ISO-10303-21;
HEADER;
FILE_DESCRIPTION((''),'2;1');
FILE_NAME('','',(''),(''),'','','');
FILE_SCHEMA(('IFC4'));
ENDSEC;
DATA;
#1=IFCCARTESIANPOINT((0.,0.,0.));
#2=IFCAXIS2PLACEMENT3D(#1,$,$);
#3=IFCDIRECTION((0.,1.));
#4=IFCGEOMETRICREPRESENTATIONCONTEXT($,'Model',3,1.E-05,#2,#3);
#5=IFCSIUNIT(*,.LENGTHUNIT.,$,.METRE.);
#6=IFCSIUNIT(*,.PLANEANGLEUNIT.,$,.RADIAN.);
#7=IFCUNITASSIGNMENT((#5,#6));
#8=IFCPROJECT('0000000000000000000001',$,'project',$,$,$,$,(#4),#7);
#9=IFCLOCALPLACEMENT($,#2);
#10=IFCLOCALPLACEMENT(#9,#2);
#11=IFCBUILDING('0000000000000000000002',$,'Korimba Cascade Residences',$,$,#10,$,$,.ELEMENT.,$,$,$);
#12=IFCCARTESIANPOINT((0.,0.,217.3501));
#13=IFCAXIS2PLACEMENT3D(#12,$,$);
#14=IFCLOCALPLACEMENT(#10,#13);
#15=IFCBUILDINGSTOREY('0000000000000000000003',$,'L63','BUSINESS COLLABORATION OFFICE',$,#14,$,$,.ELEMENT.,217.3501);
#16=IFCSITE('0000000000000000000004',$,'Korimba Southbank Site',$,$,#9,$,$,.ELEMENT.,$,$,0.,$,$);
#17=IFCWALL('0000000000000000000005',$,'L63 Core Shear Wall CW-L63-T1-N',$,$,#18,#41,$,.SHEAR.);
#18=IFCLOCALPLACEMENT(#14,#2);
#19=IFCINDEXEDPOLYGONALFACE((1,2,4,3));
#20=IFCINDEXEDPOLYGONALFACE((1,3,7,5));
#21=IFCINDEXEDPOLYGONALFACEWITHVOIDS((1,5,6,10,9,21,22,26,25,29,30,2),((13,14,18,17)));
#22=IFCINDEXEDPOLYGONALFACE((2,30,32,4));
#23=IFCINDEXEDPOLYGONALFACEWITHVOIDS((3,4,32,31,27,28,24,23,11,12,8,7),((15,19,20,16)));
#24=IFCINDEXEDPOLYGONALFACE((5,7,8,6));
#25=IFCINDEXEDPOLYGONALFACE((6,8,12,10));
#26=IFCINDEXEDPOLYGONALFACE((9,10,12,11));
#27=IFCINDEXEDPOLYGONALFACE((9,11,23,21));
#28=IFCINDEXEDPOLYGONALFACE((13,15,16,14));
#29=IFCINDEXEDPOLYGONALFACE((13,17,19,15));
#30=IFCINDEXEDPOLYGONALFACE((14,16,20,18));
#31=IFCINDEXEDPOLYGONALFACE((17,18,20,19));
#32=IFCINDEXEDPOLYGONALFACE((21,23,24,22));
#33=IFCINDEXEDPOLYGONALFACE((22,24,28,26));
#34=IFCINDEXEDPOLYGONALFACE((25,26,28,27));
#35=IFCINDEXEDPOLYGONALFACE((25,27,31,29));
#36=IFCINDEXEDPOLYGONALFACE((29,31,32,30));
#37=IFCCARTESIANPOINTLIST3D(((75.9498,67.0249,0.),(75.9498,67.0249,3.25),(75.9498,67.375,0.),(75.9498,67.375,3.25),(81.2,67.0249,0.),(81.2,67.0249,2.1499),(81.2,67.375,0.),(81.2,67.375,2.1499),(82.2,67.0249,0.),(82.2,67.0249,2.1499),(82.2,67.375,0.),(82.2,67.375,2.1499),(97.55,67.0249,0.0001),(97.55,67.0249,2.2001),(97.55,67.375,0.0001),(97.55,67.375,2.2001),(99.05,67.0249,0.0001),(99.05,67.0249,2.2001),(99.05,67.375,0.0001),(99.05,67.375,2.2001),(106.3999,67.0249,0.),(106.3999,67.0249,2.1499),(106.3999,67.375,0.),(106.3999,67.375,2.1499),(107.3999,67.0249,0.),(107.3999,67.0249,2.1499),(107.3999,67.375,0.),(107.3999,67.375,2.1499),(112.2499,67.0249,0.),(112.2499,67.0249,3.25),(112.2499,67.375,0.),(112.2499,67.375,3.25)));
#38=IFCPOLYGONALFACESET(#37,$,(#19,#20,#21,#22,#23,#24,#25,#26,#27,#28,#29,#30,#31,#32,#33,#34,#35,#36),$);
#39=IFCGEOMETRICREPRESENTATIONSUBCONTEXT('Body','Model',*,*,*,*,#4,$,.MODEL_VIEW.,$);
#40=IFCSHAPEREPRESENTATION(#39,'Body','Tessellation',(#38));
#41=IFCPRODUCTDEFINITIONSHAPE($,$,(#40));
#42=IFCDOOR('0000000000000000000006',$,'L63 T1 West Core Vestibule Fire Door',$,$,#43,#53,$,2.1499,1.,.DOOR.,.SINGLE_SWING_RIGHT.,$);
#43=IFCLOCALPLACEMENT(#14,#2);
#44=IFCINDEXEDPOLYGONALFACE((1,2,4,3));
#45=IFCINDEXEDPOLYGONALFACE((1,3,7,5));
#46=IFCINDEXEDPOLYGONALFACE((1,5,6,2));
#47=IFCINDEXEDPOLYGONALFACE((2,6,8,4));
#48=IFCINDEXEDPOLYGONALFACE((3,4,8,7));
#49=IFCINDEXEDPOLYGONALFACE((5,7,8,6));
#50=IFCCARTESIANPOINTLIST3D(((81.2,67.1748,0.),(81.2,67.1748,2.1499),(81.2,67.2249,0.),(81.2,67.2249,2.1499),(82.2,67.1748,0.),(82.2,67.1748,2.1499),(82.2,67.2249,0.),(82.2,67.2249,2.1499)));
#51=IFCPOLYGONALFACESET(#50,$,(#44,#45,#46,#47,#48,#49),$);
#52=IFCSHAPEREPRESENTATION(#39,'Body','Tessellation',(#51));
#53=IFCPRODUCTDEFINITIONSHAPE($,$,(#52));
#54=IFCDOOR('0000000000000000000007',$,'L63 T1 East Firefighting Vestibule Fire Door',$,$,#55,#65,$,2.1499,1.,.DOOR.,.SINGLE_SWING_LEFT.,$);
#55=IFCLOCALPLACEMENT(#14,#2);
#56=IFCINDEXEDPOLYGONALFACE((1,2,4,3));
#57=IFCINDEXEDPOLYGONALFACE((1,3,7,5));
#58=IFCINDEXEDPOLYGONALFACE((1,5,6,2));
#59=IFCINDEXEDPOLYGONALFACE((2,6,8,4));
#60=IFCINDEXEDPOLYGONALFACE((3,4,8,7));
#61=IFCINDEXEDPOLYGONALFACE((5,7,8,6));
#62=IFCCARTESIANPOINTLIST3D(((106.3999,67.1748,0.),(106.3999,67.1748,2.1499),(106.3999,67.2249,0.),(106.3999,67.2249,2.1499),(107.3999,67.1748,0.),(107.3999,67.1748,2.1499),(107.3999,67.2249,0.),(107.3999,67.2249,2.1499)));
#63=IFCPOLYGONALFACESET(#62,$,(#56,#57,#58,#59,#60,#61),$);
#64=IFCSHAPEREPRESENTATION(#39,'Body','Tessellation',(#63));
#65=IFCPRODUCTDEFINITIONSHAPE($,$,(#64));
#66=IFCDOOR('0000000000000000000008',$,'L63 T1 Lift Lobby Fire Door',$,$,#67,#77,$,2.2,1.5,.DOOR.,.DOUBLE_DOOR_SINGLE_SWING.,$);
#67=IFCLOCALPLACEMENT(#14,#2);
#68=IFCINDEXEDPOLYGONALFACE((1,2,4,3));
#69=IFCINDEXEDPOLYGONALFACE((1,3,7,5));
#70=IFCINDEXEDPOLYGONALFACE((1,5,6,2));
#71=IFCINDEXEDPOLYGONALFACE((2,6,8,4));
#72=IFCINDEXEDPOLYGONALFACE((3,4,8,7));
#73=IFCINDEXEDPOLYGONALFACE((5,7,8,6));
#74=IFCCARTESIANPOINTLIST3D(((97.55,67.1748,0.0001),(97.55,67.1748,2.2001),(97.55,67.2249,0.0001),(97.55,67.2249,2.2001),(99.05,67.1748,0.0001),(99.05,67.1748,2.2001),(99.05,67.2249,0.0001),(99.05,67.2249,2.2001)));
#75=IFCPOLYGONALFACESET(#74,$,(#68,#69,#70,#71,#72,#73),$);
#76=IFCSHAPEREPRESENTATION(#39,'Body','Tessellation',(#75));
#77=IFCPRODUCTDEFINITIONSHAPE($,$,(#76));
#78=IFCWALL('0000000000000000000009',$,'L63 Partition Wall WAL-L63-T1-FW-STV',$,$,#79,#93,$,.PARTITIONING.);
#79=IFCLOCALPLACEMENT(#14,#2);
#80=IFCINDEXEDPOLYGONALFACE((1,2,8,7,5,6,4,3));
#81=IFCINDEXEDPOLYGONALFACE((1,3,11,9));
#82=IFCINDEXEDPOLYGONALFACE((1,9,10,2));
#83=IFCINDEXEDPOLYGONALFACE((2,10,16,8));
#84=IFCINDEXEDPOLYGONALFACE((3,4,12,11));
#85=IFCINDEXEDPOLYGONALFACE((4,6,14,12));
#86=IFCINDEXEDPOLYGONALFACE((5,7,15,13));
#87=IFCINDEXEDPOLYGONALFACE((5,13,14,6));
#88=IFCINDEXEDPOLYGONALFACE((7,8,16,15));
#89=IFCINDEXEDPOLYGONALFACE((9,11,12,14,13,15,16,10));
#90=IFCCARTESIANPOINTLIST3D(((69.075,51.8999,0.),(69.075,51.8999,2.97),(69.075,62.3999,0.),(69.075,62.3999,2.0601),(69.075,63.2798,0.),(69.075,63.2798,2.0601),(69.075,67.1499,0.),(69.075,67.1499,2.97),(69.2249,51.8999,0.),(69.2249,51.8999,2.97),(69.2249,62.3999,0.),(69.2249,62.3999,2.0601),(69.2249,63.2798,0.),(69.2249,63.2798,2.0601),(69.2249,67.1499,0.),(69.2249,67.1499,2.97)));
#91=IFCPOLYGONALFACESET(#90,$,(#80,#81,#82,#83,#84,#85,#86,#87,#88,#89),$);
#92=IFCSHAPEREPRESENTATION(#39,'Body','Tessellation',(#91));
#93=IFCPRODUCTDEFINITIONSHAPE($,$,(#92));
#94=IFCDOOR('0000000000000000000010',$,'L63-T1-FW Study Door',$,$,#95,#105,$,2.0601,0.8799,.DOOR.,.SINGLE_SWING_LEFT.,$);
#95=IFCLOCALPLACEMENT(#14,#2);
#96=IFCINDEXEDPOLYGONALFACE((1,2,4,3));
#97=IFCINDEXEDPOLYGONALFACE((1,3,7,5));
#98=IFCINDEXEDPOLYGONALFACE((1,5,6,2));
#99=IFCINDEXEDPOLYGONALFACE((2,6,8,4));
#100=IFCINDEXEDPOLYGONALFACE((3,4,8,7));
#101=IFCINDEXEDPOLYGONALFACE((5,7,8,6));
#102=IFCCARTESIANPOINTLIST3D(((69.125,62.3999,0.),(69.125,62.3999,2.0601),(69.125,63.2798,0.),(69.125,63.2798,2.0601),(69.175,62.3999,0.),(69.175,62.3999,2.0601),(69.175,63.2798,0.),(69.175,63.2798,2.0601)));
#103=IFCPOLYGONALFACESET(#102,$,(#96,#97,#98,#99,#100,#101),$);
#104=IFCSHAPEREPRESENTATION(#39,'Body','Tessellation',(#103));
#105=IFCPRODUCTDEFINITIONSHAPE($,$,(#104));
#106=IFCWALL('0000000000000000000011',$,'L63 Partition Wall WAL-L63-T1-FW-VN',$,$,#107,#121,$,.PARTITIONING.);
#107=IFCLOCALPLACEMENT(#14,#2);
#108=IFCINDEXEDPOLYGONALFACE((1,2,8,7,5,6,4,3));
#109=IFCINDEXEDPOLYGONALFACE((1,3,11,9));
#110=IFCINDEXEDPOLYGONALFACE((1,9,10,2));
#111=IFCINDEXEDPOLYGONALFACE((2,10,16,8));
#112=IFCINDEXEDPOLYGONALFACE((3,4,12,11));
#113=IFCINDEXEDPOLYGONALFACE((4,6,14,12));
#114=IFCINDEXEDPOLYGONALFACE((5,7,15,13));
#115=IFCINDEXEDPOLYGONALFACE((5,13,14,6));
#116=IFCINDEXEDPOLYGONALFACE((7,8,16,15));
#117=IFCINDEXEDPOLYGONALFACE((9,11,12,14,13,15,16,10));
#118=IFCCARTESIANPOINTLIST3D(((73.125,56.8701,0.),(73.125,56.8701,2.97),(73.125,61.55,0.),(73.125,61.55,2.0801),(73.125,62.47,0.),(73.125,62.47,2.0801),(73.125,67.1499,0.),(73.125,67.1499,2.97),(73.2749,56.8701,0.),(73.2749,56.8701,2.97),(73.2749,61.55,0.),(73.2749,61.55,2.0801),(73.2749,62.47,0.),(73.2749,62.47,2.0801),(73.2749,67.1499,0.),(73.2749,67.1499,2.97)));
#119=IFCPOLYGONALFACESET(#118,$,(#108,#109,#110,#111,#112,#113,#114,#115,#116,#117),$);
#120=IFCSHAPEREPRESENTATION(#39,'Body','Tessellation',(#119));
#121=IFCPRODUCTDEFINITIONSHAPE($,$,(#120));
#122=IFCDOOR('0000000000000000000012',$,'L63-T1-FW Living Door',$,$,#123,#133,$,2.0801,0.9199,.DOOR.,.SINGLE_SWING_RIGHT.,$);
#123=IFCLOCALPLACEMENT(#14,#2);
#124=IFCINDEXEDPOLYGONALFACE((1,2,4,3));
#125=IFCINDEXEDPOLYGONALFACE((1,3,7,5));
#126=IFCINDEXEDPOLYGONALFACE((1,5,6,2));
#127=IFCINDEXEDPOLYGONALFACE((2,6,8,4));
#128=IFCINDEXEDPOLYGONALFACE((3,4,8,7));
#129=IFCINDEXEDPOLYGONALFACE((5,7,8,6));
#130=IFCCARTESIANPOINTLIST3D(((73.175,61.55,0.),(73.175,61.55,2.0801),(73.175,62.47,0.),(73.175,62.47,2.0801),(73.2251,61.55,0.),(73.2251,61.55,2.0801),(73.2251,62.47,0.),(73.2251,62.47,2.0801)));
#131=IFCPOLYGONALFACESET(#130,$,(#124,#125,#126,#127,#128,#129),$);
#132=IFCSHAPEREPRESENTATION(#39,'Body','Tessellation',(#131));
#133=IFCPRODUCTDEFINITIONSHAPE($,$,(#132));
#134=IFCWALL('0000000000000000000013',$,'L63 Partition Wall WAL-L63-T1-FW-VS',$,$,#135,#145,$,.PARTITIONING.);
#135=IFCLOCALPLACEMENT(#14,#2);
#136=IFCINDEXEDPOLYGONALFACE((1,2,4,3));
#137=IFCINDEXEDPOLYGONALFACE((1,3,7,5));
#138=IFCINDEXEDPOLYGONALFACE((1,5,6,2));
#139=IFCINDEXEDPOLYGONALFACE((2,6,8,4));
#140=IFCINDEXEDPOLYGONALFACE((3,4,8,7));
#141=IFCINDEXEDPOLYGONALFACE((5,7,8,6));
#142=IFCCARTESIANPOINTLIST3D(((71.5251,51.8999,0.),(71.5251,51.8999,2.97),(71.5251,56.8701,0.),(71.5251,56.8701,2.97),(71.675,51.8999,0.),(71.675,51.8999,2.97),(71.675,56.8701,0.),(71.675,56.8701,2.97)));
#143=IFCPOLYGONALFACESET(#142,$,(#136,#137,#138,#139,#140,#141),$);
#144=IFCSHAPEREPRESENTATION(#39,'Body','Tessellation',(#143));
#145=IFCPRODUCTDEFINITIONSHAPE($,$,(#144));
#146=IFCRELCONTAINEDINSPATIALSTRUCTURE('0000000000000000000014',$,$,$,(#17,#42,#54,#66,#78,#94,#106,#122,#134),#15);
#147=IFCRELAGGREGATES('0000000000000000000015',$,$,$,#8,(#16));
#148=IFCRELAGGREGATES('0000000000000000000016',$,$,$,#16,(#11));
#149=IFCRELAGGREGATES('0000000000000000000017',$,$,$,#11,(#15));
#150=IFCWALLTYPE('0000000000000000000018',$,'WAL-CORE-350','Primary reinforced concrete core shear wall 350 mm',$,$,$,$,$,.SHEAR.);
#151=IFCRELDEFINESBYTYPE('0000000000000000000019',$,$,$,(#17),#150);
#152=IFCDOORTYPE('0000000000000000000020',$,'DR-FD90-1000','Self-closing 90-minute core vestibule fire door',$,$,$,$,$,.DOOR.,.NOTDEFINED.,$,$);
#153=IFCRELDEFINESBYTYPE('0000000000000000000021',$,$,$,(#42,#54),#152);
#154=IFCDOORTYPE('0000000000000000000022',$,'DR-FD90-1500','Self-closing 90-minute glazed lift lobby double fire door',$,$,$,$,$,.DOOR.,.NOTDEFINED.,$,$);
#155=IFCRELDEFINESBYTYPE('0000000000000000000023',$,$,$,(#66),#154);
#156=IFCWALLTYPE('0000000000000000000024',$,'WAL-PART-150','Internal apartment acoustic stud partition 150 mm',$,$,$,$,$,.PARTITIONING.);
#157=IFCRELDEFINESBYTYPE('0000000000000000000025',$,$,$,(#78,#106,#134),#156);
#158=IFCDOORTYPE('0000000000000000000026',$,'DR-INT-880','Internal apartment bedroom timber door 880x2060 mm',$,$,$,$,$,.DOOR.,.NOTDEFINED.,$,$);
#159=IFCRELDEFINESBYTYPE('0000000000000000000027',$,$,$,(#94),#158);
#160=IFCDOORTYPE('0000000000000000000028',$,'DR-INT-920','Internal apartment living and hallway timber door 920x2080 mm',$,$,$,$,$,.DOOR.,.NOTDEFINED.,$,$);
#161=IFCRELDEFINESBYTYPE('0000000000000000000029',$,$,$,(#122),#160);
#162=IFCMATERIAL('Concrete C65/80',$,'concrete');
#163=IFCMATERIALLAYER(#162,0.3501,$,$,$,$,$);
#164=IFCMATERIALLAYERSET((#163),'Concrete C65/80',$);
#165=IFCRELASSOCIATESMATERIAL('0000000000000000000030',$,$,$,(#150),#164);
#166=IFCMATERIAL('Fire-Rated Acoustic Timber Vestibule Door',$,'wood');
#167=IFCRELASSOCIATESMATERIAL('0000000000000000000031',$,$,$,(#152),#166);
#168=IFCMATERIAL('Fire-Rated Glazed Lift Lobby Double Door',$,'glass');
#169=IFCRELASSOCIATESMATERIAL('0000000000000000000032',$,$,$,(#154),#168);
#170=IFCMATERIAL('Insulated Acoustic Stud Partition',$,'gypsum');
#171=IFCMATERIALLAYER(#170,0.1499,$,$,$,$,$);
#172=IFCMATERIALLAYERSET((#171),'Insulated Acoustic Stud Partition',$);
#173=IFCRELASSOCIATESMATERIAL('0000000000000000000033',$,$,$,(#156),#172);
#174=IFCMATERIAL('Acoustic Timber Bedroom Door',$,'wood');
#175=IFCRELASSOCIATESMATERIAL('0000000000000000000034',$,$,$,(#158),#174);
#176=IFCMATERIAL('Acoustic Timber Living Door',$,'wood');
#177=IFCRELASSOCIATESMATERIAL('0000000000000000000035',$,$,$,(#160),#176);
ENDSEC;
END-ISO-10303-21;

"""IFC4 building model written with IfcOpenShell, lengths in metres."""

from ifc_helpers import new_model, si_unit, direction, frame, frame_2d, origin, place, context, subcontext, project, spatial, rectangle, extrude, material, layer, layer_set, type_object, element, fill, save


model = new_model("IFC4")

# Units and contexts
model_context = context("Model", 3, precision=1e-05, world=origin(), true_north=direction((0.0, 1.0)))
body_context = subcontext(model_context, "Body", "Model", "MODEL_VIEW")
ifc_project = project(units=[si_unit("LENGTHUNIT", "METRE"), si_unit("PLANEANGLEUNIT", "RADIAN")], contexts=[model_context])

# Site, building, storey
site_placement = place(None, origin())
site = spatial("IfcSite", under=ifc_project, at=site_placement, Name="Korimba Southbank Site", CompositionType="ELEMENT", RefElevation=0.0)
building_placement = place(site_placement, origin())
building = spatial("IfcBuilding", under=site, at=building_placement, Name="Korimba Cascade Residences", CompositionType="ELEMENT")
storey_placement = place(building_placement, frame((0.0, 0.0, 217.3501)))
storey = spatial("IfcBuildingStorey", under=building, at=storey_placement, Name="L63", Description="BUSINESS COLLABORATION OFFICE", CompositionType="ELEMENT", Elevation=217.3501)

# Shared definitions
ifc_material_1 = material(Name="Concrete C65/80", Category="concrete")

# Shared definitions
ifc_layer_1 = layer(ifc_material_1, 0.3501)
ifc_layer_set_1 = layer_set([ifc_layer_1], Name="Concrete C65/80")
wall_type_1 = type_object("IfcWallType", Name="WAL-CORE-350", Description="Primary reinforced concrete core shear wall 350 mm", PredefinedType="SHEAR", material=ifc_layer_set_1)

# Wall, openings, doors
wall_1_placement = place(storey_placement, frame((75.95, 67.2, 0.0), z_axis=(0.0, 0.0, 1.0), x_axis=(1.0, 0.0, 0.0)))
wall_1 = element("IfcWall", 1, at=wall_1_placement, inside=storey, type_object=wall_type_1, Name="L63 Core Shear Wall CW-L63-T1-N", PredefinedType="SHEAR", context=body_context, shape_type="SweptSolid", body=[
    extrude(rectangle(XDim=36.3, YDim=0.3501, at=frame_2d((18.1499, 0.0))), origin(), (0.0, 0.0, 1.0), 3.25),
])
opening_1_placement = place(wall_1_placement, frame((5.25, 0.0, 0.0)))
opening_1 = element("IfcOpeningElement", 2, at=opening_1_placement, cuts=wall_1, PredefinedType="OPENING", context=body_context, shape_type="SweptSolid", body=[
    extrude(rectangle(XDim=1.0, YDim=2.1499, at=frame_2d((0.5, 1.075))), frame((0.0, 0.1851, 0.0), z_axis=(0.0, -1.0, 0.0), x_axis=(1.0, 0.0, 0.0)), (0.0, 0.0, 1.0), 0.3701),
])
opening_2_placement = place(wall_1_placement, frame((21.6001, 0.0, 0.0)))
opening_2 = element("IfcOpeningElement", 3, at=opening_2_placement, cuts=wall_1, PredefinedType="OPENING", context=body_context, shape_type="SweptSolid", body=[
    extrude(rectangle(XDim=1.5, YDim=2.2, at=frame_2d((0.75, 1.1001))), frame((0.0, 0.1851, 0.0), z_axis=(0.0, -1.0, 0.0), x_axis=(1.0, 0.0, 0.0)), (0.0, 0.0, 1.0), 0.3701),
])
opening_3_placement = place(wall_1_placement, frame((30.45, 0.0, 0.0)))
opening_3 = element("IfcOpeningElement", 4, at=opening_3_placement, cuts=wall_1, PredefinedType="OPENING", context=body_context, shape_type="SweptSolid", body=[
    extrude(rectangle(XDim=1.0, YDim=2.1499, at=frame_2d((0.5, 1.075))), frame((0.0, 0.1851, 0.0), z_axis=(0.0, -1.0, 0.0), x_axis=(1.0, 0.0, 0.0)), (0.0, 0.0, 1.0), 0.3701),
])
ifc_material_2 = material(Name="Fire-Rated Acoustic Timber Vestibule Door", Category="wood")
door_type_1 = type_object("IfcDoorType", Name="DR-FD90-1000", Description="Self-closing 90-minute core vestibule fire door", OperationType="NOTDEFINED", PredefinedType="DOOR", material=ifc_material_2)
door_1_placement = place(opening_1_placement, origin())
door_1 = element("IfcDoor", 5, at=door_1_placement, inside=storey, type_object=door_type_1, Name="L63 T1 West Core Vestibule Fire Door", OperationType="SINGLE_SWING_RIGHT", OverallHeight=2.1499, OverallWidth=1.0, PredefinedType="DOOR", context=body_context, shape_type="SweptSolid", body=[
    extrude(rectangle(XDim=1.0, YDim=2.1499, at=frame_2d((0.5, 1.075))), frame((0.0, 0.0249, 0.0), z_axis=(0.0, -1.0, 0.0), x_axis=(1.0, 0.0, 0.0)), (0.0, 0.0, 1.0), 0.05),
])
fill(opening_1, door_1)
door_2_placement = place(opening_3_placement, origin())
door_2 = element("IfcDoor", 6, at=door_2_placement, inside=storey, type_object=door_type_1, Name="L63 T1 East Firefighting Vestibule Fire Door", OperationType="SINGLE_SWING_LEFT", OverallHeight=2.1499, OverallWidth=1.0, PredefinedType="DOOR", context=body_context, shape_type="SweptSolid", body=[
    extrude(rectangle(XDim=1.0, YDim=2.1499, at=frame_2d((0.5, 1.075))), frame((0.0, 0.0249, 0.0), z_axis=(0.0, -1.0, 0.0), x_axis=(1.0, 0.0, 0.0)), (0.0, 0.0, 1.0), 0.05),
])
fill(opening_3, door_2)
ifc_material_3 = material(Name="Fire-Rated Glazed Lift Lobby Double Door", Category="glass")
door_type_2 = type_object("IfcDoorType", Name="DR-FD90-1500", Description="Self-closing 90-minute glazed lift lobby double fire door", OperationType="NOTDEFINED", PredefinedType="DOOR", material=ifc_material_3)
door_3_placement = place(opening_2_placement, origin())
door_3 = element("IfcDoor", 7, at=door_3_placement, inside=storey, type_object=door_type_2, Name="L63 T1 Lift Lobby Fire Door", OperationType="DOUBLE_DOOR_SINGLE_SWING", OverallHeight=2.2, OverallWidth=1.5, PredefinedType="DOOR", context=body_context, shape_type="SweptSolid", body=[
    extrude(rectangle(XDim=1.5, YDim=2.2, at=frame_2d((0.75, 1.1001))), frame((0.0, 0.0249, 0.0), z_axis=(0.0, -1.0, 0.0), x_axis=(1.0, 0.0, 0.0)), (0.0, 0.0, 1.0), 0.05),
])
fill(opening_2, door_3)

# Walls, openings, doors
ifc_material_4 = material(Name="Insulated Acoustic Stud Partition", Category="gypsum")
ifc_layer_2 = layer(ifc_material_4, 0.1499)
ifc_layer_set_2 = layer_set([ifc_layer_2], Name="Insulated Acoustic Stud Partition")
wall_type_2 = type_object("IfcWallType", Name="WAL-PART-150", Description="Internal apartment acoustic stud partition 150 mm", PredefinedType="PARTITIONING", material=ifc_layer_set_2)
wall_2_placement = place(storey_placement, frame((69.1499, 51.8999, 0.0), z_axis=(0.0, 0.0, 1.0), x_axis=(0.0, 1.0, 0.0)))
wall_2 = element("IfcWall", 8, at=wall_2_placement, inside=storey, type_object=wall_type_2, Name="L63 Partition Wall WAL-L63-T1-FW-STV", PredefinedType="PARTITIONING", context=body_context, shape_type="SweptSolid", body=[
    extrude(rectangle(XDim=15.25, YDim=0.1499, at=frame_2d((7.625, 0.0))), origin(), (0.0, 0.0, 1.0), 2.97),
])
opening_4_placement = place(wall_2_placement, frame((10.5, 0.0, 0.0)))
opening_4 = element("IfcOpeningElement", 9, at=opening_4_placement, cuts=wall_2, PredefinedType="OPENING", context=body_context, shape_type="SweptSolid", body=[
    extrude(rectangle(XDim=0.8799, YDim=2.0601, at=frame_2d((0.4399, 1.03))), frame((0.0, 0.085, 0.0), z_axis=(0.0, -1.0, 0.0), x_axis=(1.0, 0.0, 0.0)), (0.0, 0.0, 1.0), 0.1699),
])
ifc_material_5 = material(Name="Acoustic Timber Bedroom Door", Category="wood")
door_type_3 = type_object("IfcDoorType", Name="DR-INT-880", Description="Internal apartment bedroom timber door 880x2060 mm", OperationType="NOTDEFINED", PredefinedType="DOOR", material=ifc_material_5)
door_4_placement = place(opening_4_placement, origin())
door_4 = element("IfcDoor", 10, at=door_4_placement, inside=storey, type_object=door_type_3, Name="L63-T1-FW Study Door", OperationType="SINGLE_SWING_LEFT", OverallHeight=2.0601, OverallWidth=0.8799, PredefinedType="DOOR", context=body_context, shape_type="SweptSolid", body=[
    extrude(rectangle(XDim=0.8799, YDim=2.0601, at=frame_2d((0.4399, 1.03))), frame((0.0, 0.0249, 0.0), z_axis=(0.0, -1.0, 0.0), x_axis=(1.0, 0.0, 0.0)), (0.0, 0.0, 1.0), 0.05),
])
fill(opening_4, door_4)
wall_3_placement = place(storey_placement, frame((73.2, 56.8701, 0.0), z_axis=(0.0, 0.0, 1.0), x_axis=(0.0, 1.0, 0.0)))
wall_3 = element("IfcWall", 11, at=wall_3_placement, inside=storey, type_object=wall_type_2, Name="L63 Partition Wall WAL-L63-T1-FW-VN", PredefinedType="PARTITIONING", context=body_context, shape_type="SweptSolid", body=[
    extrude(rectangle(XDim=10.2798, YDim=0.1499, at=frame_2d((5.1399, 0.0))), origin(), (0.0, 0.0, 1.0), 2.97),
])
opening_5_placement = place(wall_3_placement, frame((4.6799, 0.0, 0.0)))
opening_5 = element("IfcOpeningElement", 12, at=opening_5_placement, cuts=wall_3, PredefinedType="OPENING", context=body_context, shape_type="SweptSolid", body=[
    extrude(rectangle(XDim=0.9199, YDim=2.0801, at=frame_2d((0.46, 1.04))), frame((0.0, 0.085, 0.0), z_axis=(0.0, -1.0, 0.0), x_axis=(1.0, 0.0, 0.0)), (0.0, 0.0, 1.0), 0.1699),
])
ifc_material_6 = material(Name="Acoustic Timber Living Door", Category="wood")
door_type_4 = type_object("IfcDoorType", Name="DR-INT-920", Description="Internal apartment living and hallway timber door 920x2080 mm", OperationType="NOTDEFINED", PredefinedType="DOOR", material=ifc_material_6)
door_5_placement = place(opening_5_placement, origin())
door_5 = element("IfcDoor", 13, at=door_5_placement, inside=storey, type_object=door_type_4, Name="L63-T1-FW Living Door", OperationType="SINGLE_SWING_RIGHT", OverallHeight=2.0801, OverallWidth=0.9199, PredefinedType="DOOR", context=body_context, shape_type="SweptSolid", body=[
    extrude(rectangle(XDim=0.9199, YDim=2.0801, at=frame_2d((0.46, 1.04))), frame((0.0, 0.0249, 0.0), z_axis=(0.0, -1.0, 0.0), x_axis=(1.0, 0.0, 0.0)), (0.0, 0.0, 1.0), 0.05),
])
fill(opening_5, door_5)

# Wall
wall_4_placement = place(storey_placement, frame((71.6001, 51.8999, 0.0), z_axis=(0.0, 0.0, 1.0), x_axis=(0.0, 1.0, 0.0)))
element("IfcWall", 14, at=wall_4_placement, inside=storey, type_object=wall_type_2, Name="L63 Partition Wall WAL-L63-T1-FW-VS", PredefinedType="PARTITIONING", context=body_context, shape_type="SweptSolid", body=[
    extrude(rectangle(XDim=4.9702, YDim=0.1499, at=frame_2d((2.4851, 0.0))), origin(), (0.0, 0.0, 1.0), 2.97),
])

save(model, "model.ifc")
